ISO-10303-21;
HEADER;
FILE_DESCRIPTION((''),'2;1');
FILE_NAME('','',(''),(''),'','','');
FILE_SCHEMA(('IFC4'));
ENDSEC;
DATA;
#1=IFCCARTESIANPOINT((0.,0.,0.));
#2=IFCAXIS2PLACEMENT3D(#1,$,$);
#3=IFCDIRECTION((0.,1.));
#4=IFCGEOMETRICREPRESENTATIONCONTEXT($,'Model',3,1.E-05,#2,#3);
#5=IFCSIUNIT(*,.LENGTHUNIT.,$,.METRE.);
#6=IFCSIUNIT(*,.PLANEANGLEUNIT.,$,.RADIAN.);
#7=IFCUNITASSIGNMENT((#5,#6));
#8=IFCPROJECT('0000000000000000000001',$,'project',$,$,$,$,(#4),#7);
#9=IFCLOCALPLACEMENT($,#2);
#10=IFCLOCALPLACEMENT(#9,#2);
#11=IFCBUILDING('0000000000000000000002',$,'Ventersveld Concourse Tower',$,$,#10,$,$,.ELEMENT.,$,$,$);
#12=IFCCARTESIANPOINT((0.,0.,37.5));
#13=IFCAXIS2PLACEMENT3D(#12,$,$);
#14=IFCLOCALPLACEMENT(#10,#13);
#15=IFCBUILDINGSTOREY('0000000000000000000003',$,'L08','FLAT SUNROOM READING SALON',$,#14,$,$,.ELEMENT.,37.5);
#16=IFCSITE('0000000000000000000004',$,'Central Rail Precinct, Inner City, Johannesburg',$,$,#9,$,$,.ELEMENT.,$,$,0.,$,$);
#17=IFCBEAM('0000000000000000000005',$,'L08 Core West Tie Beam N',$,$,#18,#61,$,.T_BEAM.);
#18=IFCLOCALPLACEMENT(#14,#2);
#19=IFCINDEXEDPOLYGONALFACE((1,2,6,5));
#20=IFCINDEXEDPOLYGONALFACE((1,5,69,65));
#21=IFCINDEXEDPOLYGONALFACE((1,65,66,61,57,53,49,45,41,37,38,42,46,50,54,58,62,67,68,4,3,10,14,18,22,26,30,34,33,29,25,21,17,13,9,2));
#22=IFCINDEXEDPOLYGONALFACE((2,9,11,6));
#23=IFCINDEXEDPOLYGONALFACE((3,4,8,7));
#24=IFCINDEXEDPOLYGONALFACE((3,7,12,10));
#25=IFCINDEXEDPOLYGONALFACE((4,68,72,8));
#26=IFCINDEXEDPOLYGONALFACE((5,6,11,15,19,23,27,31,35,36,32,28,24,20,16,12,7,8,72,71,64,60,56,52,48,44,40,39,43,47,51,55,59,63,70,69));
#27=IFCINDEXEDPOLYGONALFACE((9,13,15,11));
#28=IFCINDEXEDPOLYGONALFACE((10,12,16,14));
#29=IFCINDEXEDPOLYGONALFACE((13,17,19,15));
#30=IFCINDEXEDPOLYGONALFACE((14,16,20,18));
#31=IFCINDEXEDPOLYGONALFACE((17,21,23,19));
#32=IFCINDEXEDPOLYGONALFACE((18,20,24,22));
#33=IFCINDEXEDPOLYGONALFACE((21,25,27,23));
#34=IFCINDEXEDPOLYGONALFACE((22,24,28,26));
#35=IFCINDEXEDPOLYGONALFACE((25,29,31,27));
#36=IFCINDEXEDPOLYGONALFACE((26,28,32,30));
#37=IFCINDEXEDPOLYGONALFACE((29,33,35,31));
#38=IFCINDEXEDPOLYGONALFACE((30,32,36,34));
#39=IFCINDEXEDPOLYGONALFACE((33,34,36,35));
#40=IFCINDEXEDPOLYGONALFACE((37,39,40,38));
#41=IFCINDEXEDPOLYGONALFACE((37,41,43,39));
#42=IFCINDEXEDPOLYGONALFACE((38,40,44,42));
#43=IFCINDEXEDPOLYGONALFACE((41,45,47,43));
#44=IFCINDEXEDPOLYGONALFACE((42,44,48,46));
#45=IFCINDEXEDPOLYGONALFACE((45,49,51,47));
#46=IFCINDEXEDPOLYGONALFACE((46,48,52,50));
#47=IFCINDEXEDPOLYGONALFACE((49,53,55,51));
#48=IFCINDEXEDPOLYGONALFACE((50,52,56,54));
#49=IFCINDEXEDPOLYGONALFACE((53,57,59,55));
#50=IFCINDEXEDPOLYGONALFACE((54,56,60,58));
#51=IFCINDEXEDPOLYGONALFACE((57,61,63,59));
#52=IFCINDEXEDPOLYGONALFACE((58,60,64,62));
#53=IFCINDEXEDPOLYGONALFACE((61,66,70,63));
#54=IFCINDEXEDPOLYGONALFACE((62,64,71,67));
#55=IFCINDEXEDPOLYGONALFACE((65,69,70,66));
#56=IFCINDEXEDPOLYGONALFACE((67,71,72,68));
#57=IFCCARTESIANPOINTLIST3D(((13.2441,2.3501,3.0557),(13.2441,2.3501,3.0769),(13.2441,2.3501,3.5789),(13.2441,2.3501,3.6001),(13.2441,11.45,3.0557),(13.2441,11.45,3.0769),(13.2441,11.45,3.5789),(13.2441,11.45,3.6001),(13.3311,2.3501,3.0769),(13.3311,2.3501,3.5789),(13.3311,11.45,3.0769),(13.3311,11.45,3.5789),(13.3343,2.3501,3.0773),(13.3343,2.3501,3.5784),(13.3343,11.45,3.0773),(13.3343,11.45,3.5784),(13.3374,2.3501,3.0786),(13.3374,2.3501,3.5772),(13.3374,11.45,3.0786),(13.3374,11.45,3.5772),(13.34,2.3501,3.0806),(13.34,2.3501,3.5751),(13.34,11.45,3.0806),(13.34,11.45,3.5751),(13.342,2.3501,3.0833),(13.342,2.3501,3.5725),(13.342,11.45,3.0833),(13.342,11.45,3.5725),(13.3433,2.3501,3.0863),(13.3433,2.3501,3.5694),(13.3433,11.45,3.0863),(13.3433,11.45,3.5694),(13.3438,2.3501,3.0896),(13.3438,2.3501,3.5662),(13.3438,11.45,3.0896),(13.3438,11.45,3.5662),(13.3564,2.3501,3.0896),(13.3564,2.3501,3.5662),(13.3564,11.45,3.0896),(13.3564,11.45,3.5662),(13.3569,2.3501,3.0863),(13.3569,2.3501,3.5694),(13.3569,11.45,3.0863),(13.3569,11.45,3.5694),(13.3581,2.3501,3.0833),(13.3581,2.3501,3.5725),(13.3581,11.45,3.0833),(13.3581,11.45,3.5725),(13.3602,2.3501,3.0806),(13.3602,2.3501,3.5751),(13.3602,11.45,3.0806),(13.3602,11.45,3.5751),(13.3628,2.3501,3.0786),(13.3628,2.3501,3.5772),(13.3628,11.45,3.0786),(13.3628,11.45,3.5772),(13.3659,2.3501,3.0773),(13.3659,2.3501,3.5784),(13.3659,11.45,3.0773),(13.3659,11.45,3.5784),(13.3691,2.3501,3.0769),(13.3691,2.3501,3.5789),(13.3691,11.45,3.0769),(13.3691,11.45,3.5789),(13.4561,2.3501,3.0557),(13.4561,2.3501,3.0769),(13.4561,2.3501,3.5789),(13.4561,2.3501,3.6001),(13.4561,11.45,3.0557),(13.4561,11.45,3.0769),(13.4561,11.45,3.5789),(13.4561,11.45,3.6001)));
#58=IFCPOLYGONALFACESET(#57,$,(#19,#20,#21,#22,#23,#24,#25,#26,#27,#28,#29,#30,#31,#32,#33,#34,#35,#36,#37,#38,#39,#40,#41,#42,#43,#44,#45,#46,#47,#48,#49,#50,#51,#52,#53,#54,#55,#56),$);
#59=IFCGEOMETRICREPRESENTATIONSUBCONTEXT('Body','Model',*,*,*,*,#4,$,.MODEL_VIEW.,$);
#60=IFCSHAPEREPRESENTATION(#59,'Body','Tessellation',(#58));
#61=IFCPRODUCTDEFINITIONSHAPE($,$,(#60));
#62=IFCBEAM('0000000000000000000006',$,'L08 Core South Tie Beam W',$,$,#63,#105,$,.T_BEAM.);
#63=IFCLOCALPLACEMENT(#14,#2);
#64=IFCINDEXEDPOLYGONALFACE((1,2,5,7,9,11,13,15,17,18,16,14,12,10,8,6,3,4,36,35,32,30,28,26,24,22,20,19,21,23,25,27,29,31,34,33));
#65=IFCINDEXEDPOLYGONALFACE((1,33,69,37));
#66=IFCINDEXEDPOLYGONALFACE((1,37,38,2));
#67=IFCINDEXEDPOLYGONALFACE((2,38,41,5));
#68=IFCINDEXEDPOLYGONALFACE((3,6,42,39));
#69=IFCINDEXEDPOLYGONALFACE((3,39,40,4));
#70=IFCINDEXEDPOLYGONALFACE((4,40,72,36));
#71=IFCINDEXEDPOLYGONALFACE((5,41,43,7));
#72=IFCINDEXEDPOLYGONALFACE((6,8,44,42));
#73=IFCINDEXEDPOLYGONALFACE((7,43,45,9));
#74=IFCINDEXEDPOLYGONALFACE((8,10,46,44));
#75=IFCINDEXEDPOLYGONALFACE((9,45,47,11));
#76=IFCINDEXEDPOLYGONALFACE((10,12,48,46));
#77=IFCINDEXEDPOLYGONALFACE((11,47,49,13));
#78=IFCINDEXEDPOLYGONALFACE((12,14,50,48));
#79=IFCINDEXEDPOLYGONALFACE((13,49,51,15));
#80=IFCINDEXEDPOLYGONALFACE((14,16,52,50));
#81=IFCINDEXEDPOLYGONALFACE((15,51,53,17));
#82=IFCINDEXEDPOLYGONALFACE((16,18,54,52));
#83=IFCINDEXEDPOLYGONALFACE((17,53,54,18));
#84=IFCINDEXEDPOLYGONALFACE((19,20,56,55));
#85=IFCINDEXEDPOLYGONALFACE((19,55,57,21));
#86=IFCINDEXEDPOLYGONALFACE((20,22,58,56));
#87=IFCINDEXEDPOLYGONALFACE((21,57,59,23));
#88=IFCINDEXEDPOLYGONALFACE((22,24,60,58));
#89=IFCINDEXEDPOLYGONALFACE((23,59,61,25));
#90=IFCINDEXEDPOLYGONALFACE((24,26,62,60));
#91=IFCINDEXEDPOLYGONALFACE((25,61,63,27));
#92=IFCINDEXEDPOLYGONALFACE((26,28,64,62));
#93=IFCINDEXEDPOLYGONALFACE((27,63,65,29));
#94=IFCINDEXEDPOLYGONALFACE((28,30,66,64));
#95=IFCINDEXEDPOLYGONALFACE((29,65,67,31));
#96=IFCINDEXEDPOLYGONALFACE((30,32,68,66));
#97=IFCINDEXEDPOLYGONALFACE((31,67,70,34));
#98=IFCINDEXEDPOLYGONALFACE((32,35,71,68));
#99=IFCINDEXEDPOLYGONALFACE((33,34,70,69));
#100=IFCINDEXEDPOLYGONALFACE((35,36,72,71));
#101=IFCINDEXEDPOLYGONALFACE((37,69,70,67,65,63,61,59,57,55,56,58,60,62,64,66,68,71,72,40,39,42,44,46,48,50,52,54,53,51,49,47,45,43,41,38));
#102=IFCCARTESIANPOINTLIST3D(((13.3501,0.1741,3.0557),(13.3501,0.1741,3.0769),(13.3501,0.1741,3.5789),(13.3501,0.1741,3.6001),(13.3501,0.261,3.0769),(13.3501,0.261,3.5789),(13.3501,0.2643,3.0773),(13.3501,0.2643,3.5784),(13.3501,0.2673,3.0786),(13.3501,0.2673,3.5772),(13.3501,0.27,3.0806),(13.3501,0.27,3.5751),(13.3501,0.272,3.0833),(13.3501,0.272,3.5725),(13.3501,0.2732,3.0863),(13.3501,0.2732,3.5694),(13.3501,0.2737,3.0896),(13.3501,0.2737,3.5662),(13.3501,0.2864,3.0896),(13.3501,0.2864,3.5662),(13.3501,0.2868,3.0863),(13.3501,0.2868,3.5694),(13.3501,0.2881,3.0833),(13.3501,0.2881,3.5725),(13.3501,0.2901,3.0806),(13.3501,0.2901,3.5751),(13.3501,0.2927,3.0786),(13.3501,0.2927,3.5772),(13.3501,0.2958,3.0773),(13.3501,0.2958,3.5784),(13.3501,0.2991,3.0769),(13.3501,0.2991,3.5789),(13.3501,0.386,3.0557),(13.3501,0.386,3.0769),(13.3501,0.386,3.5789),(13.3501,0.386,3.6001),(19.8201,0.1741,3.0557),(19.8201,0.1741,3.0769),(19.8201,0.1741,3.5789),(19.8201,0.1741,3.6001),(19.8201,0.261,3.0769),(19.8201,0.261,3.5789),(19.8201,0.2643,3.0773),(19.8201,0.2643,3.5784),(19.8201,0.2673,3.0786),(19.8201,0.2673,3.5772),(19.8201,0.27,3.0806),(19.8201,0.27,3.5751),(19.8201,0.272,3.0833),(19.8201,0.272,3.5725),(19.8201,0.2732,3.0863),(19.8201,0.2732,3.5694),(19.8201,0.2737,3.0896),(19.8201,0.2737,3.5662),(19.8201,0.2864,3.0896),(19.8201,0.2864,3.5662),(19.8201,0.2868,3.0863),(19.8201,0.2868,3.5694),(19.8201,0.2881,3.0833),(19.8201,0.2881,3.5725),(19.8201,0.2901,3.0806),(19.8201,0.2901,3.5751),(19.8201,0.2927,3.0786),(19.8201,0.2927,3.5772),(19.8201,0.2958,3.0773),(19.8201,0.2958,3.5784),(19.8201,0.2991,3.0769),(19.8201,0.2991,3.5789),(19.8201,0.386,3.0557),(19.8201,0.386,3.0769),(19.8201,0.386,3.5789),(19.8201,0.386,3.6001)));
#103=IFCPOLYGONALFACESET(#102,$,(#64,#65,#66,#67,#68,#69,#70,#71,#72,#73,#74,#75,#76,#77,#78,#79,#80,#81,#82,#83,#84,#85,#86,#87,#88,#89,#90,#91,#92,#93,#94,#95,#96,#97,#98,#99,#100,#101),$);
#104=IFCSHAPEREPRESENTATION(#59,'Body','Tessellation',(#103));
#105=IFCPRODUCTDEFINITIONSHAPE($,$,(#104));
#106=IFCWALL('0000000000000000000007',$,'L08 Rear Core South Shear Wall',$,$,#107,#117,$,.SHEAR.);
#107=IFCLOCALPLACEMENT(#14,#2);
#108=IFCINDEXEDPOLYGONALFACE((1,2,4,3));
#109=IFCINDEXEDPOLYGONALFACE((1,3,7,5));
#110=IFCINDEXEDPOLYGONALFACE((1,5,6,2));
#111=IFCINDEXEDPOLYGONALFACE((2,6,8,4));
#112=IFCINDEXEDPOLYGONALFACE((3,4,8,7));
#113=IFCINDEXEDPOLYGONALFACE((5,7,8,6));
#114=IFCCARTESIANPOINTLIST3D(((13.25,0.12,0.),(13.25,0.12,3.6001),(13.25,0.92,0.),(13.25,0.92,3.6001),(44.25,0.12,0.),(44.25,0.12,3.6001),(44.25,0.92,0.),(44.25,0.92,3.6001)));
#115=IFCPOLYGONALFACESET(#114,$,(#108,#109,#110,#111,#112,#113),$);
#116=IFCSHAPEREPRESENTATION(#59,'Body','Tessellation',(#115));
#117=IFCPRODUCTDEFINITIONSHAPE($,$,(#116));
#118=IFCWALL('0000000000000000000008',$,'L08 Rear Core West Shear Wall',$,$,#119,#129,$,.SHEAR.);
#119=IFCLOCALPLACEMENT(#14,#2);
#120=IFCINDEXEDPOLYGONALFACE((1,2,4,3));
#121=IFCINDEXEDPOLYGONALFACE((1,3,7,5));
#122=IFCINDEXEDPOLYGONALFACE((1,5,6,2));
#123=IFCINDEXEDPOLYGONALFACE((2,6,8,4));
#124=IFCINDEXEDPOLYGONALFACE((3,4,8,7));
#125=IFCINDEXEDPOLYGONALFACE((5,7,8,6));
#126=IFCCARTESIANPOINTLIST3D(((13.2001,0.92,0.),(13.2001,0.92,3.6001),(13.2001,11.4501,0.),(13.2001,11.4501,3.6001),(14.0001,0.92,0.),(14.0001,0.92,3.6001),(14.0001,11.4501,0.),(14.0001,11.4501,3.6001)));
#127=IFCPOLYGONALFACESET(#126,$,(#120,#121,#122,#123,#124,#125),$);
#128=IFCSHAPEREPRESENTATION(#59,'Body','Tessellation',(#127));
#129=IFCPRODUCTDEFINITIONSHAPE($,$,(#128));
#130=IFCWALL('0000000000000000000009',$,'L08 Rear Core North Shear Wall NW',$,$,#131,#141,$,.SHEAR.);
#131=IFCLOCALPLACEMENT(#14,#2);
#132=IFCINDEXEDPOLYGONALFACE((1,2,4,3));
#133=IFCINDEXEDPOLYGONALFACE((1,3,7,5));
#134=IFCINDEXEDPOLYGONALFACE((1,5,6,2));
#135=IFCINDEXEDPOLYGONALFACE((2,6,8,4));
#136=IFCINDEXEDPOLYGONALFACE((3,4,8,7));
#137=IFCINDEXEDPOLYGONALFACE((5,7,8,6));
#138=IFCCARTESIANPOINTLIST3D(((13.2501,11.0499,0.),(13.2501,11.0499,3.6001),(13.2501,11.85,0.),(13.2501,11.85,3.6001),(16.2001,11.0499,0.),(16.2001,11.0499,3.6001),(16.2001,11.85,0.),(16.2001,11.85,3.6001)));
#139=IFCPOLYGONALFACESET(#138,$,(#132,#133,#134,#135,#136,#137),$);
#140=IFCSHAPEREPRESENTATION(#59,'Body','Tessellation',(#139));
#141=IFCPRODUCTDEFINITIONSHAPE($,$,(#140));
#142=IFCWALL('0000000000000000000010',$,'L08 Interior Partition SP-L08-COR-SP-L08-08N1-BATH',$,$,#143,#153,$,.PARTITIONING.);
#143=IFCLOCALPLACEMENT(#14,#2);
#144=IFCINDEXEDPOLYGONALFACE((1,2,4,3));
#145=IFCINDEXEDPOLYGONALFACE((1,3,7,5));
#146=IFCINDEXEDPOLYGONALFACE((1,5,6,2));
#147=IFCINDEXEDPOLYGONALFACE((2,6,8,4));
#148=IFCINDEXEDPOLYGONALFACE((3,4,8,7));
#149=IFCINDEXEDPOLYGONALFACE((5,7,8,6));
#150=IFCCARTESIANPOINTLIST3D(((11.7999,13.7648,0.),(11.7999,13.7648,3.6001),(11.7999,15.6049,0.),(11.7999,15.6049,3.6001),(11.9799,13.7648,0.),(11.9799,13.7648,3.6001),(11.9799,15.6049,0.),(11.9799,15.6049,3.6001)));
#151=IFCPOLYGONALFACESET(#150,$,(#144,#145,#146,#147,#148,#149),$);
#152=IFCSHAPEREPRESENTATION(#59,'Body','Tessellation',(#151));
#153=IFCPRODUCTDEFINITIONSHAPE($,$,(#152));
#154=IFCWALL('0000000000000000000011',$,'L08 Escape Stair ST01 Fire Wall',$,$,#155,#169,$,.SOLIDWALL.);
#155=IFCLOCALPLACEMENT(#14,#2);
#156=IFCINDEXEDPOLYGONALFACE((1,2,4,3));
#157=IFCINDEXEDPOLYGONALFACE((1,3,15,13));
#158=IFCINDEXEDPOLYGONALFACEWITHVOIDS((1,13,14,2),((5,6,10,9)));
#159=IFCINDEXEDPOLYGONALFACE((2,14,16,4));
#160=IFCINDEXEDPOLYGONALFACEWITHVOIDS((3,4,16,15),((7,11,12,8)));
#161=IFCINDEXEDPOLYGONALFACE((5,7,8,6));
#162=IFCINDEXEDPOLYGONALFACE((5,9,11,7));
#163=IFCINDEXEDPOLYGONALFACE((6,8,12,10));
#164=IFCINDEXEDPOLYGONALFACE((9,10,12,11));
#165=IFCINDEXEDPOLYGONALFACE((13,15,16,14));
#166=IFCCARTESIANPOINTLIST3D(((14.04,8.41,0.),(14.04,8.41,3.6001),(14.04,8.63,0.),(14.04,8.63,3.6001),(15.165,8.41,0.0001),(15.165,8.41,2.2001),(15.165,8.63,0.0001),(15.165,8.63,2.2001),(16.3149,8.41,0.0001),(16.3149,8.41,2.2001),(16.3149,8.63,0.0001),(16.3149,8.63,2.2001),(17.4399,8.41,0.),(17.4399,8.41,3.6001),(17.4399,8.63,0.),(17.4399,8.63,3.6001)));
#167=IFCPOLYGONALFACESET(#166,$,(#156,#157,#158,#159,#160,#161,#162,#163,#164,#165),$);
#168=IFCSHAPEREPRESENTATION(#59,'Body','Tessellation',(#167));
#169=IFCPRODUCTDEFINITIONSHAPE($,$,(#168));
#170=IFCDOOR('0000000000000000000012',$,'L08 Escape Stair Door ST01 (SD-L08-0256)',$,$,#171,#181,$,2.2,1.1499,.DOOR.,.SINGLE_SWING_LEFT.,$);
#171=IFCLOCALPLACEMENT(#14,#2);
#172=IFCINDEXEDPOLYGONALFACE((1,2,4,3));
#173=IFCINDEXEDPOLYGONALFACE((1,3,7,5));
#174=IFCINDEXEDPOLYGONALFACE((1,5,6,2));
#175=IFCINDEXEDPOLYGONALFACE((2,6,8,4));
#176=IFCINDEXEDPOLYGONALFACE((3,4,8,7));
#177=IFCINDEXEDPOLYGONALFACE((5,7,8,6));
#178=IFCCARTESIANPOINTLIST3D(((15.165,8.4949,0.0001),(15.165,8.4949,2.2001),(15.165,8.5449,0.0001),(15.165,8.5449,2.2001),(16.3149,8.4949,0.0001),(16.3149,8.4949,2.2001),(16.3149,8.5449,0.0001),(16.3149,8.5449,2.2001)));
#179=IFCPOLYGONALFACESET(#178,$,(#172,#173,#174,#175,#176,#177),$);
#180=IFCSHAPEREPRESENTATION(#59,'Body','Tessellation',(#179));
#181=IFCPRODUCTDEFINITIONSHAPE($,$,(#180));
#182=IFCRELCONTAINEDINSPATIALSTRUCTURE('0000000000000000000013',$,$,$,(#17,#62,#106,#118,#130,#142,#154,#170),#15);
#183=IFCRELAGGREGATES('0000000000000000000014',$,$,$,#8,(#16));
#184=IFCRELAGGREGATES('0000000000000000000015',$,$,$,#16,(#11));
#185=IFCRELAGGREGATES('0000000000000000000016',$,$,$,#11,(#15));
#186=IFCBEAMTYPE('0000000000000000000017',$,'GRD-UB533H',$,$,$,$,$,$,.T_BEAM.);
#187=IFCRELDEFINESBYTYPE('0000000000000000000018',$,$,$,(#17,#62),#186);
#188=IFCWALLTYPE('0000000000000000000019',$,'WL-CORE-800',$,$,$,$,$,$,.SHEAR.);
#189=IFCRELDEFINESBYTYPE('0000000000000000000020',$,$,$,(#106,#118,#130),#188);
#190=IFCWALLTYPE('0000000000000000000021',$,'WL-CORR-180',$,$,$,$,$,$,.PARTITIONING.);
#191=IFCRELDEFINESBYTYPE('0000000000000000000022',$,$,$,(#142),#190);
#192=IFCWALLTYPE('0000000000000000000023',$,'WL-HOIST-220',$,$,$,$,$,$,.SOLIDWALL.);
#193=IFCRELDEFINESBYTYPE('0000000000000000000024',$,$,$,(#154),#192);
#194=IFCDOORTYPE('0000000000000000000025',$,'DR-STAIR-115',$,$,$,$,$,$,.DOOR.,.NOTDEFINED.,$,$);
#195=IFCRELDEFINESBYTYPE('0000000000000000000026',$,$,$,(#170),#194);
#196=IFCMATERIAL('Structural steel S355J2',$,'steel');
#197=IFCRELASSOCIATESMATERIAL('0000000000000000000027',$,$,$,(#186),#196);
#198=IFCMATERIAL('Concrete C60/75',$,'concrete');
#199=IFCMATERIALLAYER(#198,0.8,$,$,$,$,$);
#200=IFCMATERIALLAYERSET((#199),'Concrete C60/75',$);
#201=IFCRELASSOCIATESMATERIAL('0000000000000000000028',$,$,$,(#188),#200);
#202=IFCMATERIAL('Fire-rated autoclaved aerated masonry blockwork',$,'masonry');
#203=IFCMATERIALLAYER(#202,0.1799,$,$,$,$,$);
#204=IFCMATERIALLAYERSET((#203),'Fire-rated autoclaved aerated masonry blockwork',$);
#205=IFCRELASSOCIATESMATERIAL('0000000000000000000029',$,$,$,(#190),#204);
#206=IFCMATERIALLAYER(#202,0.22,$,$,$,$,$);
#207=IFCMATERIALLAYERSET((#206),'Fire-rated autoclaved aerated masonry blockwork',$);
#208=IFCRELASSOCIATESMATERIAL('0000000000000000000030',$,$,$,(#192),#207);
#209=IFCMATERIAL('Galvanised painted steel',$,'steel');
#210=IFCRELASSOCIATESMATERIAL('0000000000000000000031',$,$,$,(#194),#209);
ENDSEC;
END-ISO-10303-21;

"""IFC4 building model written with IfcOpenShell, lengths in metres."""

from ifc_helpers import new_model, si_unit, direction, frame, frame_2d, origin, origin_2d, place, context, subcontext, project, spatial, rectangle, i_section, extrude, material, layer, layer_set, material_profile, profile_set, type_object, element, fill, save


model = new_model("IFC4")

# Units and contexts
model_context = context("Model", 3, precision=1e-05, world=origin(), true_north=direction((0.0, 1.0)))
body_context = subcontext(model_context, "Body", "Model", "MODEL_VIEW")
ifc_project = project(units=[si_unit("LENGTHUNIT", "METRE"), si_unit("PLANEANGLEUNIT", "RADIAN")], contexts=[model_context])

# Site, building, storey
site_placement = place(None, origin())
site = spatial("IfcSite", under=ifc_project, at=site_placement, Name="Central Rail Precinct, Inner City, Johannesburg", CompositionType="ELEMENT", RefElevation=0.0)
building_placement = place(site_placement, origin())
building = spatial("IfcBuilding", under=site, at=building_placement, Name="Ventersveld Concourse Tower", CompositionType="ELEMENT")
storey_placement = place(building_placement, frame((0.0, 0.0, 37.5)))
storey = spatial("IfcBuildingStorey", under=building, at=storey_placement, Name="L08", Description="FLAT SUNROOM READING SALON", CompositionType="ELEMENT", Elevation=37.5)

# Beams
ifc_material_1 = material(Name="Structural steel S355J2", Category="steel")
ifc_material_2 = material(Name="Concrete C60/75", Category="concrete")
ifc_material_profile_1 = material_profile(ifc_material_1, i_section(OverallWidth=0.2119, OverallDepth=0.5444, WebThickness=0.0127, FlangeThickness=0.0212, FilletRadius=0.0127, at=origin_2d()), Name="UB 533x210x122")
ifc_profile_set_1 = profile_set([ifc_material_profile_1], Name="Structural steel S355J2")
beam_type_1 = type_object("IfcBeamType", Name="GRD-UB533H", PredefinedType="T_BEAM", material=ifc_profile_set_1)
beam_1_placement = place(storey_placement, frame((13.3501, 2.3501, 3.3279), z_axis=(0.0, 1.0, 0.0), x_axis=(-1.0, 0.0, 0.0)))
element("IfcBeam", 1, at=beam_1_placement, inside=storey, type_object=beam_type_1, Name="L08 Core West Tie Beam N", PredefinedType="T_BEAM", context=body_context, shape_type="SweptSolid", body=[
    extrude(i_section(OverallWidth=0.2119, OverallDepth=0.5444, WebThickness=0.0127, FlangeThickness=0.0212, FilletRadius=0.0127, at=origin_2d()), origin(), (0.0, 0.0, 1.0), 9.0999),
])
beam_2_placement = place(storey_placement, frame((13.3501, 0.28, 3.3279), z_axis=(1.0, 0.0, 0.0), x_axis=(0.0, 1.0, 0.0)))
element("IfcBeam", 2, at=beam_2_placement, inside=storey, type_object=beam_type_1, Name="L08 Core South Tie Beam W", PredefinedType="T_BEAM", context=body_context, shape_type="SweptSolid", body=[
    extrude(i_section(OverallWidth=0.2119, OverallDepth=0.5444, WebThickness=0.0127, FlangeThickness=0.0212, FilletRadius=0.0127, at=origin_2d()), origin(), (0.0, 0.0, 1.0), 6.47),
])

# Walls
ifc_layer_1 = layer(ifc_material_2, 0.8)
ifc_layer_set_1 = layer_set([ifc_layer_1], Name="Concrete C60/75")
wall_type_1 = type_object("IfcWallType", Name="WL-CORE-800", PredefinedType="SHEAR", material=ifc_layer_set_1)
wall_1_placement = place(storey_placement, frame((13.25, 0.52, 0.0), z_axis=(0.0, 0.0, 1.0), x_axis=(1.0, 0.0, 0.0)))
element("IfcWall", 3, at=wall_1_placement, inside=storey, type_object=wall_type_1, Name="L08 Rear Core South Shear Wall", PredefinedType="SHEAR", context=body_context, shape_type="SweptSolid", body=[
    extrude(rectangle(XDim=31.0, YDim=0.8, at=frame_2d((15.5, 0.0))), origin(), (0.0, 0.0, 1.0), 3.6001),
])
wall_2_placement = place(storey_placement, frame((13.6001, 0.9199, 0.0), z_axis=(0.0, 0.0, 1.0), x_axis=(0.0, 1.0, 0.0)))
element("IfcWall", 4, at=wall_2_placement, inside=storey, type_object=wall_type_1, Name="L08 Rear Core West Shear Wall", PredefinedType="SHEAR", context=body_context, shape_type="SweptSolid", body=[
    extrude(rectangle(XDim=10.53, YDim=0.8, at=frame_2d((5.2651, 0.0))), origin(), (0.0, 0.0, 1.0), 3.6001),
])
wall_3_placement = place(storey_placement, frame((13.25, 11.45, 0.0), z_axis=(0.0, 0.0, 1.0), x_axis=(1.0, 0.0, 0.0)))
element("IfcWall", 5, at=wall_3_placement, inside=storey, type_object=wall_type_1, Name="L08 Rear Core North Shear Wall NW", PredefinedType="SHEAR", context=body_context, shape_type="SweptSolid", body=[
    extrude(rectangle(XDim=2.95, YDim=0.8, at=frame_2d((1.4751, 0.0))), origin(), (0.0, 0.0, 1.0), 3.6001),
])
ifc_material_3 = material(Name="Fire-rated autoclaved aerated masonry blockwork", Category="masonry")
ifc_layer_2 = layer(ifc_material_3, 0.1799)
ifc_layer_set_2 = layer_set([ifc_layer_2], Name="Fire-rated autoclaved aerated masonry blockwork")
wall_type_2 = type_object("IfcWallType", Name="WL-CORR-180", PredefinedType="PARTITIONING", material=ifc_layer_set_2)
wall_4_placement = place(storey_placement, frame((11.8899, 13.7649, 0.0), z_axis=(0.0, 0.0, 1.0), x_axis=(0.0, 1.0, 0.0)))
element("IfcWall", 6, at=wall_4_placement, inside=storey, type_object=wall_type_2, Name="L08 Interior Partition SP-L08-COR-SP-L08-08N1-BATH", PredefinedType="PARTITIONING", context=body_context, shape_type="SweptSolid", body=[
    extrude(rectangle(XDim=1.8401, YDim=0.1799, at=frame_2d((0.9199, 0.0))), origin(), (0.0, 0.0, 1.0), 3.6001),
])

# Wall, opening, door
ifc_layer_3 = layer(ifc_material_3, 0.22)
ifc_layer_set_3 = layer_set([ifc_layer_3], Name="Fire-rated autoclaved aerated masonry blockwork")
wall_type_3 = type_object("IfcWallType", Name="WL-HOIST-220", PredefinedType="SOLIDWALL", material=ifc_layer_set_3)
wall_5_placement = place(storey_placement, frame((14.04, 8.52, 0.0), z_axis=(0.0, 0.0, 1.0), x_axis=(1.0, 0.0, 0.0)))
wall_5 = element("IfcWall", 7, at=wall_5_placement, inside=storey, type_object=wall_type_3, Name="L08 Escape Stair ST01 Fire Wall", PredefinedType="SOLIDWALL", context=body_context, shape_type="SweptSolid", body=[
    extrude(rectangle(XDim=3.3999, YDim=0.22, at=frame_2d((1.7, 0.0))), origin(), (0.0, 0.0, 1.0), 3.6001),
])
opening_placement = place(wall_5_placement, frame((1.125, 0.0, 0.0)))
opening = element("IfcOpeningElement", 8, at=opening_placement, cuts=wall_5, PredefinedType="OPENING", context=body_context, shape_type="SweptSolid", body=[
    extrude(rectangle(XDim=1.1499, YDim=2.2, at=frame_2d((0.575, 1.1001))), frame((0.0, 0.1201, 0.0), z_axis=(0.0, -1.0, 0.0), x_axis=(1.0, 0.0, 0.0)), (0.0, 0.0, 1.0), 0.24),
])
ifc_material_4 = material(Name="Galvanised painted steel", Category="steel")
door_type = type_object("IfcDoorType", Name="DR-STAIR-115", OperationType="NOTDEFINED", PredefinedType="DOOR", material=ifc_material_4)
door_placement = place(opening_placement, origin())
door = element("IfcDoor", 9, at=door_placement, inside=storey, type_object=door_type, Name="L08 Escape Stair Door ST01 (SD-L08-0256)", OperationType="SINGLE_SWING_LEFT", OverallHeight=2.2, OverallWidth=1.1499, PredefinedType="DOOR", context=body_context, shape_type="SweptSolid", body=[
    extrude(rectangle(XDim=1.1499, YDim=2.2, at=frame_2d((0.575, 1.1001))), frame((0.0, 0.0249, 0.0), z_axis=(0.0, -1.0, 0.0), x_axis=(1.0, 0.0, 0.0)), (0.0, 0.0, 1.0), 0.05),
])
fill(opening, door)

save(model, "model.ifc")
